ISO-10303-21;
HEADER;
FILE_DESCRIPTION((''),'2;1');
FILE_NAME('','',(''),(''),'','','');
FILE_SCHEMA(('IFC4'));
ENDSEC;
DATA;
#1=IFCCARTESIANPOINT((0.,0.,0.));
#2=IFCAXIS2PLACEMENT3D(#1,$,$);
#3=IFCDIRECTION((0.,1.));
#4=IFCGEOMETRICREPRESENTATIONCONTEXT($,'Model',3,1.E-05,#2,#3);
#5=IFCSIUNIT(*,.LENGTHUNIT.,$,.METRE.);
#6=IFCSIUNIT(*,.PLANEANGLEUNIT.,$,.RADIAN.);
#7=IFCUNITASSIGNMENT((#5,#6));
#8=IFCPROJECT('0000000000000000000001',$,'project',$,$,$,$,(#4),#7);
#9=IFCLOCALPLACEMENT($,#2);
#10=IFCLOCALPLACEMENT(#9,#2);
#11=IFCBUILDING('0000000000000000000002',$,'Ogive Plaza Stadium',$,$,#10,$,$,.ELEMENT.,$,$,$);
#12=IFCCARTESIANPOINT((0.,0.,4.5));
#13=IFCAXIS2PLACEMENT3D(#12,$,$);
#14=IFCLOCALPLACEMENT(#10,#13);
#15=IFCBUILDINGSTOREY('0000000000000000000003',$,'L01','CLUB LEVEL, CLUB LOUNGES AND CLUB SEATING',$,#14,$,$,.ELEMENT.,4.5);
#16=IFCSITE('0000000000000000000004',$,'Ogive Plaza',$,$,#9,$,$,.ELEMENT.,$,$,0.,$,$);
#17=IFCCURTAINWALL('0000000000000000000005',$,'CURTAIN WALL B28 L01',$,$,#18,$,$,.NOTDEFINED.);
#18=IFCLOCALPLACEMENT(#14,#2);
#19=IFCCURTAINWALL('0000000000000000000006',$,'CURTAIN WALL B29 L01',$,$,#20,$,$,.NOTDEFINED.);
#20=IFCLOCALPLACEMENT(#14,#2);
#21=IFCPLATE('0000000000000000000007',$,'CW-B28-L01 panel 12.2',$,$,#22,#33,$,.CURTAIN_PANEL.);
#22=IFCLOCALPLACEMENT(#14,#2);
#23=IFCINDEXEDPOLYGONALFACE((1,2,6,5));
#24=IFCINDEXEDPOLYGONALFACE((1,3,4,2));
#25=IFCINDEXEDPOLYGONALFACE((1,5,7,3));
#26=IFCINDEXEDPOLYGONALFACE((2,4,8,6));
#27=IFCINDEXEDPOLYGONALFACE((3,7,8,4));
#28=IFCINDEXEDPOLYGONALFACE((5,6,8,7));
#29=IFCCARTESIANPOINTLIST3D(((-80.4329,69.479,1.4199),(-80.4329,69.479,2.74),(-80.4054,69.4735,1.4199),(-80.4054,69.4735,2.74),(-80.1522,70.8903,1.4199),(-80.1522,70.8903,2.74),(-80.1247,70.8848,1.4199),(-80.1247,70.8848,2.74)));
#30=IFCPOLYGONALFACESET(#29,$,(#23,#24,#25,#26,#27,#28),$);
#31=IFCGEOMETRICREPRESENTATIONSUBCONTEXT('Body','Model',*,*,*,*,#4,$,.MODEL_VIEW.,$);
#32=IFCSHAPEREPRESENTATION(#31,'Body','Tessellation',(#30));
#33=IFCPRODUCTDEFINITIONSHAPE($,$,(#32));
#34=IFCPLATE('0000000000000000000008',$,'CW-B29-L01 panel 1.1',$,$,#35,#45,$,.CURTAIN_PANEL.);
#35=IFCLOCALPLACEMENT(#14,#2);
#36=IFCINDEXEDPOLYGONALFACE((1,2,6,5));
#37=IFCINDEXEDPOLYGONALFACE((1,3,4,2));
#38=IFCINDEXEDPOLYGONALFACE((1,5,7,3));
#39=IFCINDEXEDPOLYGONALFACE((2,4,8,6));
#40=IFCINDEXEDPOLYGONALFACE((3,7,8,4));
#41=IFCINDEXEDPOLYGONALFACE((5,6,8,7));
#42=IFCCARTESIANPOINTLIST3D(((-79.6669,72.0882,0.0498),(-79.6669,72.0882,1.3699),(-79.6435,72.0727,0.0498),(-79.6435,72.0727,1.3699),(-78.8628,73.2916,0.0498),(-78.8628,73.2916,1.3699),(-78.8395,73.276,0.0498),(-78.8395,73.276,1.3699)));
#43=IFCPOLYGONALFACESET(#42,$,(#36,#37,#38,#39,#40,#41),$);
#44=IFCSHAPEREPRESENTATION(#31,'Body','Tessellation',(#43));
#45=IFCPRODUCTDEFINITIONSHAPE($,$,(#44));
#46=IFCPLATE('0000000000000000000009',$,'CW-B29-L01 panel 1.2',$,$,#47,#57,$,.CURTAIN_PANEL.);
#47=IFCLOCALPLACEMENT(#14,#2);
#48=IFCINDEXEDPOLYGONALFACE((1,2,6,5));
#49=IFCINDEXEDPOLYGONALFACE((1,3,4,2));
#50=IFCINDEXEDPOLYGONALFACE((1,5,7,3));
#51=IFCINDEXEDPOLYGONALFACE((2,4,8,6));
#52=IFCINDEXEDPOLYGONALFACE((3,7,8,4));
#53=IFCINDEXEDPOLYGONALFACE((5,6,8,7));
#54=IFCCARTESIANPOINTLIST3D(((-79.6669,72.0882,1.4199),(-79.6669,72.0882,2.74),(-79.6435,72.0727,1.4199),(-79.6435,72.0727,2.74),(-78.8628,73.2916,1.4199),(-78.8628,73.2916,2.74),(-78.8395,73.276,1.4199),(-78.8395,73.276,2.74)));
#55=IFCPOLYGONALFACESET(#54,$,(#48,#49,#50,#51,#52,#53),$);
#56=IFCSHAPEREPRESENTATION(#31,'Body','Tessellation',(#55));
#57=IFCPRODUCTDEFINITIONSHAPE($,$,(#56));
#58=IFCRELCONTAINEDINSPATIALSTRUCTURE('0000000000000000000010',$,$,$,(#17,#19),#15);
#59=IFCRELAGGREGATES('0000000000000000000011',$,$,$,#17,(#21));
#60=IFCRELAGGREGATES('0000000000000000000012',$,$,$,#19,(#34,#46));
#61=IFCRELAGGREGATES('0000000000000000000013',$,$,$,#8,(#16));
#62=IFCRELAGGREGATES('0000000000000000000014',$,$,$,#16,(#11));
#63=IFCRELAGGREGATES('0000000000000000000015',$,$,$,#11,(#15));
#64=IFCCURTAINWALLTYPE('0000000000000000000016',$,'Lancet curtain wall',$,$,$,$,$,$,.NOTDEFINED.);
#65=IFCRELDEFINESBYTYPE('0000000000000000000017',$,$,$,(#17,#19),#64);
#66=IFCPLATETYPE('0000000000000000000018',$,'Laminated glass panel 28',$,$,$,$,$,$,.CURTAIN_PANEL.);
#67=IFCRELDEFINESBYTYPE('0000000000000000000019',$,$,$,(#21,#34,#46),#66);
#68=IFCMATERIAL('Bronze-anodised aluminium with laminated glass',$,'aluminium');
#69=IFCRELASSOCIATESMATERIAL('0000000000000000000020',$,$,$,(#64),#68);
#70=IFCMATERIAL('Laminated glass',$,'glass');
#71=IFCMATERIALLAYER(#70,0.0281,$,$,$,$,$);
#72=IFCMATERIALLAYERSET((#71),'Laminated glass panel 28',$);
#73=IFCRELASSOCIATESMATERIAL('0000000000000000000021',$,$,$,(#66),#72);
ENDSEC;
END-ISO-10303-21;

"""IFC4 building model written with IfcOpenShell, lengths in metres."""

from ifc_helpers import new_model, si_unit, direction, frame, origin, origin_2d, place, context, subcontext, project, spatial, rectangle, extrude, material, layer, layer_set, type_object, element, aggregate, save


model = new_model("IFC4")

# Units and contexts
model_context = context("Model", 3, precision=1e-05, world=origin(), true_north=direction((0.0, 1.0)))
body_context = subcontext(model_context, "Body", "Model", "MODEL_VIEW")
ifc_project = project(units=[si_unit("LENGTHUNIT", "METRE"), si_unit("PLANEANGLEUNIT", "RADIAN")], contexts=[model_context])

# Site, building, storey
site_placement = place(None, origin())
site = spatial("IfcSite", under=ifc_project, at=site_placement, Name="Ogive Plaza", CompositionType="ELEMENT", RefElevation=0.0)
building_placement = place(site_placement, origin())
building = spatial("IfcBuilding", under=site, at=building_placement, Name="Ogive Plaza Stadium", CompositionType="ELEMENT")
storey_placement = place(building_placement, frame((0.0, 0.0, 4.5)))
storey = spatial("IfcBuildingStorey", under=building, at=storey_placement, Name="L01", Description="CLUB LEVEL, CLUB LOUNGES AND CLUB SEATING", CompositionType="ELEMENT", Elevation=4.5)

# Curtain walls
ifc_material_1 = material(Name="Bronze-anodised aluminium with laminated glass", Category="aluminium")
curtain_wall_type = type_object("IfcCurtainWallType", Name="Lancet curtain wall", PredefinedType="NOTDEFINED", material=ifc_material_1)
curtain_wall_1_placement = place(storey_placement, origin())
curtain_wall_1 = element("IfcCurtainWall", 1, at=curtain_wall_1_placement, inside=storey, type_object=curtain_wall_type, Name="CURTAIN WALL B28 L01", PredefinedType="NOTDEFINED")
curtain_wall_2_placement = place(storey_placement, origin())
curtain_wall_2 = element("IfcCurtainWall", 2, at=curtain_wall_2_placement, inside=storey, type_object=curtain_wall_type, Name="CURTAIN WALL B29 L01", PredefinedType="NOTDEFINED")

# Plates
ifc_material_2 = material(Name="Laminated glass", Category="glass")
ifc_layer = layer(ifc_material_2, 0.0281)
ifc_layer_set = layer_set([ifc_layer], Name="Laminated glass panel 28")
plate_type = type_object("IfcPlateType", Name="Laminated glass panel 28", PredefinedType="CURTAIN_PANEL", material=ifc_layer_set)
plate_1_placement = place(storey_placement, frame((-80.2788, 70.1819, 1.4199), z_axis=(0.0, 0.0, 1.0), x_axis=(0.19509, 0.980785, 0.0)))
plate_1 = element("IfcPlate", 3, at=plate_1_placement, type_object=plate_type, Name="CW-B28-L01 panel 12.2", PredefinedType="CURTAIN_PANEL", context=body_context, shape_type="SweptSolid", body=[
    extrude(rectangle(XDim=1.439, YDim=0.0281, at=origin_2d()), origin(), (0.0, 0.0, 1.0), 1.3201),
])
aggregate(curtain_wall_1, [plate_1])
plate_2_placement = place(storey_placement, frame((-79.2532, 72.6821, 0.0498), z_axis=(0.0, 0.0, 1.0), x_axis=(0.55557, 0.83147, 0.0)))
plate_2 = element("IfcPlate", 4, at=plate_2_placement, type_object=plate_type, Name="CW-B29-L01 panel 1.1", PredefinedType="CURTAIN_PANEL", context=body_context, shape_type="SweptSolid", body=[
    extrude(rectangle(XDim=1.4473, YDim=0.0281, at=origin_2d()), origin(), (0.0, 0.0, 1.0), 1.3201),
])
plate_3_placement = place(storey_placement, frame((-79.2532, 72.6821, 1.4199), z_axis=(0.0, 0.0, 1.0), x_axis=(0.55557, 0.83147, 0.0)))
plate_3 = element("IfcPlate", 5, at=plate_3_placement, type_object=plate_type, Name="CW-B29-L01 panel 1.2", PredefinedType="CURTAIN_PANEL", context=body_context, shape_type="SweptSolid", body=[
    extrude(rectangle(XDim=1.4473, YDim=0.0281, at=origin_2d()), origin(), (0.0, 0.0, 1.0), 1.3201),
])
aggregate(curtain_wall_2, [plate_2, plate_3])

save(model, "model.ifc")
